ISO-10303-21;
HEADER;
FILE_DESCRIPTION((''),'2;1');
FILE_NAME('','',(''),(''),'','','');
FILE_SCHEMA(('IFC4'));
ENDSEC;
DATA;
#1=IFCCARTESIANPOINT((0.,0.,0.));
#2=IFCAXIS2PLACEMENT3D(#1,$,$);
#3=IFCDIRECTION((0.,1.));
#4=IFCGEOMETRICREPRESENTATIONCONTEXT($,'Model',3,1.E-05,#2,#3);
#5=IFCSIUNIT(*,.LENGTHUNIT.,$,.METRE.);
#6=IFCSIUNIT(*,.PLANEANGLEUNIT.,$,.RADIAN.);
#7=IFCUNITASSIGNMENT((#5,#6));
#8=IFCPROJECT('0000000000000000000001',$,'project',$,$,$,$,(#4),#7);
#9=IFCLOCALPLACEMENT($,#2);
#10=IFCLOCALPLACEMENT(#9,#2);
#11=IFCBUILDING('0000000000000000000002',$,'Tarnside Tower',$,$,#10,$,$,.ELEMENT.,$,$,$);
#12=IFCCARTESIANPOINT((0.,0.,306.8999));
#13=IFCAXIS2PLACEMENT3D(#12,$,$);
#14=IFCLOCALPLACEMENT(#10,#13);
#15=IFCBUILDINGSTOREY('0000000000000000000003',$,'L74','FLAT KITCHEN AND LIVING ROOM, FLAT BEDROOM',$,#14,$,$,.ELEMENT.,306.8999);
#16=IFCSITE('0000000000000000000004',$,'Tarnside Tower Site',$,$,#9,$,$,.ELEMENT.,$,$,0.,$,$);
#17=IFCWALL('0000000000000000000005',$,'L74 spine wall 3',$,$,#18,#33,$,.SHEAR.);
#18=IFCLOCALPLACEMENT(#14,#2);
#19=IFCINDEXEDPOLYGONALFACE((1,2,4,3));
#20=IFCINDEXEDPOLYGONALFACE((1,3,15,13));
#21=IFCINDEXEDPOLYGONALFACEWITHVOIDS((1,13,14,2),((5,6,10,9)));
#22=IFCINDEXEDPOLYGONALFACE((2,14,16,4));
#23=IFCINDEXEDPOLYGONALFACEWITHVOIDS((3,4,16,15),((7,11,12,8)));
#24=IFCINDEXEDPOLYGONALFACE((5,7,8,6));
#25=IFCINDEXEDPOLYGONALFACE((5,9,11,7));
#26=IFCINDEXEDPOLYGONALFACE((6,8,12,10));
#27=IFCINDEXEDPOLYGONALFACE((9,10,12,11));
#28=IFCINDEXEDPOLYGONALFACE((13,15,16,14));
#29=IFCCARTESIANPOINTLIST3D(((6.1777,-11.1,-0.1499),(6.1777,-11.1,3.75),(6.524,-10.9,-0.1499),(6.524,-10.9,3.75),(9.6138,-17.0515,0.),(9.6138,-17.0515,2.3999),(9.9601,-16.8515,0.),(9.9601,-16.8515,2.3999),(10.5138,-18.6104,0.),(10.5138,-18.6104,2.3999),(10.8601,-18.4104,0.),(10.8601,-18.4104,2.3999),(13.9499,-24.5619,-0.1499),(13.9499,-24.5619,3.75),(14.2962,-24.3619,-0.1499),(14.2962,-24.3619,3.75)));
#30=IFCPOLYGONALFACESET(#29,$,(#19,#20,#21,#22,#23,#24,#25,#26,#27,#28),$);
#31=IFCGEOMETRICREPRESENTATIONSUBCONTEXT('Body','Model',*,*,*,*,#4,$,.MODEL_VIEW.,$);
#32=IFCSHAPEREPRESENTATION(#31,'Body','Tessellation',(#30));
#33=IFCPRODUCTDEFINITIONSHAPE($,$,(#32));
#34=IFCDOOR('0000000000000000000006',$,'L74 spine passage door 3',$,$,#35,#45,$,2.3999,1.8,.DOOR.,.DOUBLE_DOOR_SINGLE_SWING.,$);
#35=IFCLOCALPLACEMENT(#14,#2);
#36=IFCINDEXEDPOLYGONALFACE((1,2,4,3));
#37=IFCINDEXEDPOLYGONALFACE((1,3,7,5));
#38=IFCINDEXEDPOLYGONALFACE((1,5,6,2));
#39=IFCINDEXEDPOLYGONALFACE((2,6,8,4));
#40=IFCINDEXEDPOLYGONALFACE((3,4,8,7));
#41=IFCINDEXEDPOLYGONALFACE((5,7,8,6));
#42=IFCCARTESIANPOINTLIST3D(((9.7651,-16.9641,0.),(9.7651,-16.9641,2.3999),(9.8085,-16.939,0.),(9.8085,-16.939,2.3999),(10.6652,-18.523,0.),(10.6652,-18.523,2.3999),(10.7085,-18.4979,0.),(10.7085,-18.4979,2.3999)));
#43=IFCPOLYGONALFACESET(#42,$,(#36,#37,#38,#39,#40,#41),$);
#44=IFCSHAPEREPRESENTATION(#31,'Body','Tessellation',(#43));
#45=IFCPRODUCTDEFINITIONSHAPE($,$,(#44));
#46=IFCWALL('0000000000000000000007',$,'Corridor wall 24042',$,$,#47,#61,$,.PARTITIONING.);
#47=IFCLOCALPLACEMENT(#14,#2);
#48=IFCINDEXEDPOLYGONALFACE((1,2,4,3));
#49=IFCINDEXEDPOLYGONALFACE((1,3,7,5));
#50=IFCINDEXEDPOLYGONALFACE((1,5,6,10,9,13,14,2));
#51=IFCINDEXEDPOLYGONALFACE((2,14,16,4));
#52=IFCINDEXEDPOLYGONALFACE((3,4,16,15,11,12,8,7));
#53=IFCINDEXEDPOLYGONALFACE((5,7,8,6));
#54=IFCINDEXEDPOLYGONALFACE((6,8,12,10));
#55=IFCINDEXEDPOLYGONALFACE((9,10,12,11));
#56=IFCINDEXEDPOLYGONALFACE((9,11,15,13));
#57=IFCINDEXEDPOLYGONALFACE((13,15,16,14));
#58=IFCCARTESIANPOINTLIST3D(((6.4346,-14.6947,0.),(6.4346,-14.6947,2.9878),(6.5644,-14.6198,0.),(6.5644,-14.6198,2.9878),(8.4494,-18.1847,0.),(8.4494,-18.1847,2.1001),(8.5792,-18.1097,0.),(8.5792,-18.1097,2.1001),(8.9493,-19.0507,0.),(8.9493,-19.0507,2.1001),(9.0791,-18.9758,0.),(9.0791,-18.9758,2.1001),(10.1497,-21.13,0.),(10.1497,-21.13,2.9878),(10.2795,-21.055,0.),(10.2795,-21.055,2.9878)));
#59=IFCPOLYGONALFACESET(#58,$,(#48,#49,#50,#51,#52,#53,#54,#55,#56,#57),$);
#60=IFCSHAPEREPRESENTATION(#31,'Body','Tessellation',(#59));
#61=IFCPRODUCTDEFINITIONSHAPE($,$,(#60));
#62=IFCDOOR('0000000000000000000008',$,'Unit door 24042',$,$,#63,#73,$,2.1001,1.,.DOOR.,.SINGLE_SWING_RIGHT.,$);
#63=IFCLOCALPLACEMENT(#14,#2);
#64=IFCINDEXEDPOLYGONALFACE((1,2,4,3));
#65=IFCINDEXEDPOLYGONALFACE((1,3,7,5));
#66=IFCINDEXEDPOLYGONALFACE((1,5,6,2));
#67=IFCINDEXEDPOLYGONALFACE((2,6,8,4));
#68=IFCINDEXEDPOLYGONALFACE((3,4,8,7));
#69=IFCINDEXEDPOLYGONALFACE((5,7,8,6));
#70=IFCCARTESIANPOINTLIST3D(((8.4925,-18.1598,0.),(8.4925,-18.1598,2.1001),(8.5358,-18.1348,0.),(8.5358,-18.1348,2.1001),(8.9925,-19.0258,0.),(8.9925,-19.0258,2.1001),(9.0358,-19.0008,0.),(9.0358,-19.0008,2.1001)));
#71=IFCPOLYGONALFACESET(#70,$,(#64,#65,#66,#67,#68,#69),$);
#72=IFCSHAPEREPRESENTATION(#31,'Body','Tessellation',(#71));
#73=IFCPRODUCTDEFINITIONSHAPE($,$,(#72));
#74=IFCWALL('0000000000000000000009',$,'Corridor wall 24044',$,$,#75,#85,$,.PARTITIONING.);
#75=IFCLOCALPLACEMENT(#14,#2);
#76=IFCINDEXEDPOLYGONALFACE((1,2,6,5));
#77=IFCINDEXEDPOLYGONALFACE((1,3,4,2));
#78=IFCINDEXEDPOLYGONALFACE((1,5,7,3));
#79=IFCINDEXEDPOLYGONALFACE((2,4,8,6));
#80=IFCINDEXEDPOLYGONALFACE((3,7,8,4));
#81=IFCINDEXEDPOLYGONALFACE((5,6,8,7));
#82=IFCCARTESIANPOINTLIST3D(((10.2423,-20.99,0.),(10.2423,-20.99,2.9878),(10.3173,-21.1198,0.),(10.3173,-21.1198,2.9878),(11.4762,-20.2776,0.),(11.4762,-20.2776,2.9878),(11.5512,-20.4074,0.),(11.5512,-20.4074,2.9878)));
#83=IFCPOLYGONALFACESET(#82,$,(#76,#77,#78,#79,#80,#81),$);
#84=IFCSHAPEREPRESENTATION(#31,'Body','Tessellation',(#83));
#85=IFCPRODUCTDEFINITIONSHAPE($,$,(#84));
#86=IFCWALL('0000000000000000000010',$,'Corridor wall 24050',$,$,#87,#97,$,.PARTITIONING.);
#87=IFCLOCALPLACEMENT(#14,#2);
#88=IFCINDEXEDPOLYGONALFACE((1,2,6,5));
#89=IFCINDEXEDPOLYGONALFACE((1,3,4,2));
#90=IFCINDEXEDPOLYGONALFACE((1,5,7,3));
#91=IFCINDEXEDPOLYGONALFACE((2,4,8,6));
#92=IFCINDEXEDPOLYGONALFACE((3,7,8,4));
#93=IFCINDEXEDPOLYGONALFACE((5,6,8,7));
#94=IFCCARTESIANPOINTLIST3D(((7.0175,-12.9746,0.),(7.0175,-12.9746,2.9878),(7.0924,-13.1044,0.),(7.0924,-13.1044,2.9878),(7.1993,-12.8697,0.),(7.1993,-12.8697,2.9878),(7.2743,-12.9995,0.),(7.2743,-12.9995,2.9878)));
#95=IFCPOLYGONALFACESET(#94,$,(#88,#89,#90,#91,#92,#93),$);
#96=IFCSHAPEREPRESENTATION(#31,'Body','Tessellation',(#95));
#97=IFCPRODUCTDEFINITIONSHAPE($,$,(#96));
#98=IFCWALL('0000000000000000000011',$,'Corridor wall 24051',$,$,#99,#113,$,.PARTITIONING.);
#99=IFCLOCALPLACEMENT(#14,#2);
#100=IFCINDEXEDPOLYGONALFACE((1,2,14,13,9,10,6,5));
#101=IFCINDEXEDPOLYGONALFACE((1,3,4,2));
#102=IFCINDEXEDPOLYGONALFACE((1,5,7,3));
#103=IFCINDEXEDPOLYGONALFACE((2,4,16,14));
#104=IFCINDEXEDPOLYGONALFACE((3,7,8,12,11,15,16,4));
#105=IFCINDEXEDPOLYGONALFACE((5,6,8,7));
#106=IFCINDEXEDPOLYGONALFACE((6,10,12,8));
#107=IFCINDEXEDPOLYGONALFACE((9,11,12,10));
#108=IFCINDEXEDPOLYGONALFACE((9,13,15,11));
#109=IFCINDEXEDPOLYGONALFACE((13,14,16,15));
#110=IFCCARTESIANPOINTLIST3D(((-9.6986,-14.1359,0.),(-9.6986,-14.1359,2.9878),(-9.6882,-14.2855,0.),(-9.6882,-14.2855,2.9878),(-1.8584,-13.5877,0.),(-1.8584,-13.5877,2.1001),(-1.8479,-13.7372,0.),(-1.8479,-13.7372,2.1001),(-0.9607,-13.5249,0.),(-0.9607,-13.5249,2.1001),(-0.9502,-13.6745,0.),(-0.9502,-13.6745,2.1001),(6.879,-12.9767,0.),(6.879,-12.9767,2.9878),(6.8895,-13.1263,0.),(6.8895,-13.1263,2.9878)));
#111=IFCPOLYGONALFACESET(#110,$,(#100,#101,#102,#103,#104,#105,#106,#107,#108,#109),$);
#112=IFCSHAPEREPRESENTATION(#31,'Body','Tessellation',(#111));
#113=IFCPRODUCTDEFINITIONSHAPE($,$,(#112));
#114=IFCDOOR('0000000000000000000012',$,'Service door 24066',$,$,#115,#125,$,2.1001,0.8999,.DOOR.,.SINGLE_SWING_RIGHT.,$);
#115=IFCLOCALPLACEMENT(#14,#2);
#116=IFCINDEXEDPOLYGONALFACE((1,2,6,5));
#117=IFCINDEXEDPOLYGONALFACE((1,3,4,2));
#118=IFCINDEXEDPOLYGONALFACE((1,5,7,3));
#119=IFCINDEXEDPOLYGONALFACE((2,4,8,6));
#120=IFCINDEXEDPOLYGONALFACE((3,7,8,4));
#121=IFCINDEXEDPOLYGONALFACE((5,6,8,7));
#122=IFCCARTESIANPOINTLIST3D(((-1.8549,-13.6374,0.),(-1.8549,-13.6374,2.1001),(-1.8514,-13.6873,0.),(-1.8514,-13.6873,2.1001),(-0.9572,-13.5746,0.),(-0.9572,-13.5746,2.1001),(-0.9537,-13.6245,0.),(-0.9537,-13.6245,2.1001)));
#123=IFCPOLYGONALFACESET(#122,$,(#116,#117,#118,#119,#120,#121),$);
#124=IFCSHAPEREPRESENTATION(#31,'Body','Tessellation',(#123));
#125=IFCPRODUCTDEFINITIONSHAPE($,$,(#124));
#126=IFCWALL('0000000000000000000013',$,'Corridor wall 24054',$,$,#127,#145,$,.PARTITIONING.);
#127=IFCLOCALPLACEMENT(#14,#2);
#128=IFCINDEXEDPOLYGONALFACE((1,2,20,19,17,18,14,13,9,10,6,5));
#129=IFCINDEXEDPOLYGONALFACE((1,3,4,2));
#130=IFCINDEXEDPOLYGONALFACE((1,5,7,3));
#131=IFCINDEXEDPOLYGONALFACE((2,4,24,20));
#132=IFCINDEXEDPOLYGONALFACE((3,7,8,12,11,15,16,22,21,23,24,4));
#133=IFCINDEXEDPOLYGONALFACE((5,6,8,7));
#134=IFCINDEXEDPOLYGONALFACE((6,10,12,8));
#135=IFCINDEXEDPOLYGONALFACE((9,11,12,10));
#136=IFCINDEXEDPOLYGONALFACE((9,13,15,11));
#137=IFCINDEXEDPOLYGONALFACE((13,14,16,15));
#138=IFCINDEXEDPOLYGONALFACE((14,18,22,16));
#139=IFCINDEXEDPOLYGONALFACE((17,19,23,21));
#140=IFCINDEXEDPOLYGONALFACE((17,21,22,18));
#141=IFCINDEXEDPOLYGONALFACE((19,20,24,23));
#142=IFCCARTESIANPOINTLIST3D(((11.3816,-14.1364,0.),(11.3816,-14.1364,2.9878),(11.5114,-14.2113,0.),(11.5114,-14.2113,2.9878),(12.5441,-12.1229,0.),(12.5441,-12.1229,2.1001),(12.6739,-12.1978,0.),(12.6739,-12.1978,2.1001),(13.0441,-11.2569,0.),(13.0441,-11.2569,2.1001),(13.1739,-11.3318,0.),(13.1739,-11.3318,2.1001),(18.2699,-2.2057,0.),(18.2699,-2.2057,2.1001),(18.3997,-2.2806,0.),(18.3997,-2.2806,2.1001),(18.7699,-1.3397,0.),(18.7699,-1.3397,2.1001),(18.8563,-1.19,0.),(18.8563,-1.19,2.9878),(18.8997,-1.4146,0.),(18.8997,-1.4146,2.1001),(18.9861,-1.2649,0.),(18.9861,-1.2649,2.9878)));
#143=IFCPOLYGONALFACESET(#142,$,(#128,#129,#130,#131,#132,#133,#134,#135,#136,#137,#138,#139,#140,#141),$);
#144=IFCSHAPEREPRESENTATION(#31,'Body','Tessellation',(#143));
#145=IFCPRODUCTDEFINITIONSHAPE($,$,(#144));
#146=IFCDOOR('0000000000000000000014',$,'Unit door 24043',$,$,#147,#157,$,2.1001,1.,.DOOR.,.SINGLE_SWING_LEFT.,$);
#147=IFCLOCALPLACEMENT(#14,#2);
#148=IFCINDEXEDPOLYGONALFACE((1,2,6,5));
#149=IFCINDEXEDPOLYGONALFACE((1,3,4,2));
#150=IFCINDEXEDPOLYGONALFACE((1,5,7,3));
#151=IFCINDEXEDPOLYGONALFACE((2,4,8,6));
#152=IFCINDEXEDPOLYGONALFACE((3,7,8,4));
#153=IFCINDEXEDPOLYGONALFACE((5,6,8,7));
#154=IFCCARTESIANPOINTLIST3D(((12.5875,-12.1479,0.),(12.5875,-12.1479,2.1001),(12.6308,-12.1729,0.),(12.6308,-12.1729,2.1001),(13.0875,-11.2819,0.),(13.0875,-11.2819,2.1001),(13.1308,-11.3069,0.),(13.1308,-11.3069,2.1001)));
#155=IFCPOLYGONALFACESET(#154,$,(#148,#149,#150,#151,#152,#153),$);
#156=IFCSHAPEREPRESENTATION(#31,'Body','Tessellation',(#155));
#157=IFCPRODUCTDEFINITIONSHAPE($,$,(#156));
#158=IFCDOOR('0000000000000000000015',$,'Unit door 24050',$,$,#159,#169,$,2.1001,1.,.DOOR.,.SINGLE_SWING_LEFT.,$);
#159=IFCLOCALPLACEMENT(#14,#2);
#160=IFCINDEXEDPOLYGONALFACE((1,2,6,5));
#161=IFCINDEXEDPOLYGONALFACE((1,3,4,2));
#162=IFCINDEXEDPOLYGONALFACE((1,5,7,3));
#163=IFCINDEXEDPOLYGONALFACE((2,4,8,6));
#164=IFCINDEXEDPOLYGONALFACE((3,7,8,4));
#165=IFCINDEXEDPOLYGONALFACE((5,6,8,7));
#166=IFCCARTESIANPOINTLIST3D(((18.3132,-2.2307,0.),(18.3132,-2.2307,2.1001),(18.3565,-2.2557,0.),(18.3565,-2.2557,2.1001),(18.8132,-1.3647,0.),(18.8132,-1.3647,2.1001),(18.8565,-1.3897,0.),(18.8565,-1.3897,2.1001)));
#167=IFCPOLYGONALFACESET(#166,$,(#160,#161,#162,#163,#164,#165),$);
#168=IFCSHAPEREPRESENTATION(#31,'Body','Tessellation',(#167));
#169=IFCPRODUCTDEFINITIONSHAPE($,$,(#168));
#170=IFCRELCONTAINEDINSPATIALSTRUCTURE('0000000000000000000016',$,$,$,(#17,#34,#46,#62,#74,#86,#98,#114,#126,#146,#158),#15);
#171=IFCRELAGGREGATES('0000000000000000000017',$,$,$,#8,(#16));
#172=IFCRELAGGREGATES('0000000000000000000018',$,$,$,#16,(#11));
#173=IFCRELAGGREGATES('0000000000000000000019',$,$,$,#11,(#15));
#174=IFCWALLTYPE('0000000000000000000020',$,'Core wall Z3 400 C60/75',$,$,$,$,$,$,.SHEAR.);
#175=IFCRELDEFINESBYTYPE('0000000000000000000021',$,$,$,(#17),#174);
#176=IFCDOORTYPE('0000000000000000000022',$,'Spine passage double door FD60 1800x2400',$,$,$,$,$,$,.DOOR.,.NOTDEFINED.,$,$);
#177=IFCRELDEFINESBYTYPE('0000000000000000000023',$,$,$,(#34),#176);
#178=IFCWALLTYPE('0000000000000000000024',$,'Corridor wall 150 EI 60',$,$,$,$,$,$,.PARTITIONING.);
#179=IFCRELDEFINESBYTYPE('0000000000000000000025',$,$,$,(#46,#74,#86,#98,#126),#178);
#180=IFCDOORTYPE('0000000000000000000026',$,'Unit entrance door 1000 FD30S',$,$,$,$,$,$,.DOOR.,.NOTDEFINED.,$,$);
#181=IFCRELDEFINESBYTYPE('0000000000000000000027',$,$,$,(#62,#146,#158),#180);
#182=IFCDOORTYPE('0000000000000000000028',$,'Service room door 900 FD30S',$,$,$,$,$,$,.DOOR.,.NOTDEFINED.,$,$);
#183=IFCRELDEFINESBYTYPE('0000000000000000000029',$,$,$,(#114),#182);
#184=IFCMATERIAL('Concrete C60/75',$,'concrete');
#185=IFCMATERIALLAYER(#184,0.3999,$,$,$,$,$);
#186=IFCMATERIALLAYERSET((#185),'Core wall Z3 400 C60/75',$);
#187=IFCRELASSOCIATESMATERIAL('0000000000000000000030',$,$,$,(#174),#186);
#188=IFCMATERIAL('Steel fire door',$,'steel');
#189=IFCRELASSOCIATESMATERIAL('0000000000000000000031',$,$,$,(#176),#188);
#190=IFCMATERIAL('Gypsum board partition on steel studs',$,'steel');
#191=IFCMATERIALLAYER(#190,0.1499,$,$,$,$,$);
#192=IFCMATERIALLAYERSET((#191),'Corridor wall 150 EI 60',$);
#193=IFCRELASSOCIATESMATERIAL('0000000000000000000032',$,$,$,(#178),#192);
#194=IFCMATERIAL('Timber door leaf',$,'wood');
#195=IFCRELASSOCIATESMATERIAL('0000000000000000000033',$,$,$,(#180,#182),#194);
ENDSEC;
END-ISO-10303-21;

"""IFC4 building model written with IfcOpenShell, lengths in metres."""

from ifc_helpers import new_model, si_unit, direction, frame, frame_2d, origin, place, context, subcontext, project, spatial, rectangle, extrude, material, layer, layer_set, type_object, element, fill, save


model = new_model("IFC4")

# Units and contexts
model_context = context("Model", 3, precision=1e-05, world=origin(), true_north=direction((0.0, 1.0)))
body_context = subcontext(model_context, "Body", "Model", "MODEL_VIEW")
ifc_project = project(units=[si_unit("LENGTHUNIT", "METRE"), si_unit("PLANEANGLEUNIT", "RADIAN")], contexts=[model_context])

# Site, building, storey
site_placement = place(None, origin())
site = spatial("IfcSite", under=ifc_project, at=site_placement, Name="Tarnside Tower Site", CompositionType="ELEMENT", RefElevation=0.0)
building_placement = place(site_placement, origin())
building = spatial("IfcBuilding", under=site, at=building_placement, Name="Tarnside Tower", CompositionType="ELEMENT")
storey_placement = place(building_placement, frame((0.0, 0.0, 306.8999)))
storey = spatial("IfcBuildingStorey", under=building, at=storey_placement, Name="L74", Description="FLAT KITCHEN AND LIVING ROOM, FLAT BEDROOM", CompositionType="ELEMENT", Elevation=306.8999)

# Walls, openings, doors
ifc_material_1 = material(Name="Concrete C60/75", Category="concrete")
ifc_layer_1 = layer(ifc_material_1, 0.3999)
ifc_layer_set_1 = layer_set([ifc_layer_1], Name="Core wall Z3 400 C60/75")
wall_type_1 = type_object("IfcWallType", Name="Core wall Z3 400 C60/75", PredefinedType="SHEAR", material=ifc_layer_set_1)
wall_1_placement = place(storey_placement, frame((6.3508, -11.0, -0.1499), z_axis=(0.0, 0.0, 1.0), x_axis=(0.499999, -0.866026, 0.0)))
wall_1 = element("IfcWall", 1, at=wall_1_placement, inside=storey, type_object=wall_type_1, Name="L74 spine wall 3", PredefinedType="SHEAR", context=body_context, shape_type="SweptSolid", body=[
    extrude(rectangle(XDim=15.5444, YDim=0.3999, at=frame_2d((7.7722, 0.0))), origin(), (0.0, 0.0, 1.0), 3.8999),
])
opening_1_placement = place(wall_1_placement, frame((6.8723, 0.0, 0.1499)))
opening_1 = element("IfcOpeningElement", 2, at=opening_1_placement, cuts=wall_1, PredefinedType="OPENING", context=body_context, shape_type="SweptSolid", body=[
    extrude(rectangle(XDim=1.8, YDim=2.3999, at=frame_2d((0.8999, 1.2))), frame((0.0, 0.21, 0.0), z_axis=(0.0, -1.0, 0.0), x_axis=(1.0, 0.0, 0.0)), (0.0, 0.0, 1.0), 0.4199),
])
ifc_material_2 = material(Name="Steel fire door", Category="steel")
door_type_1 = type_object("IfcDoorType", Name="Spine passage double door FD60 1800x2400", OperationType="NOTDEFINED", PredefinedType="DOOR", material=ifc_material_2)
door_1_placement = place(opening_1_placement, origin())
door_1 = element("IfcDoor", 3, at=door_1_placement, inside=storey, type_object=door_type_1, Name="L74 spine passage door 3", OperationType="DOUBLE_DOOR_SINGLE_SWING", OverallHeight=2.3999, OverallWidth=1.8, PredefinedType="DOOR", context=body_context, shape_type="SweptSolid", body=[
    extrude(rectangle(XDim=1.8, YDim=2.3999, at=frame_2d((0.8999, 1.2))), frame((0.0, 0.0249, 0.0), z_axis=(0.0, -1.0, 0.0), x_axis=(1.0, 0.0, 0.0)), (0.0, 0.0, 1.0), 0.05),
])
fill(opening_1, door_1)
ifc_material_3 = material(Name="Gypsum board partition on steel studs", Category="steel")
ifc_layer_2 = layer(ifc_material_3, 0.1499)
ifc_layer_set_2 = layer_set([ifc_layer_2], Name="Corridor wall 150 EI 60")
wall_type_2 = type_object("IfcWallType", Name="Corridor wall 150 EI 60", PredefinedType="PARTITIONING", material=ifc_layer_set_2)
wall_2_placement = place(storey_placement, frame((6.4995, -14.6572, 0.0), z_axis=(0.0, 0.0, 1.0), x_axis=(0.499966, -0.866045, 0.0)))
wall_2 = element("IfcWall", 4, at=wall_2_placement, inside=storey, type_object=wall_type_2, Name="Corridor wall 24042", PredefinedType="PARTITIONING", context=body_context, shape_type="SweptSolid", body=[
    extrude(rectangle(XDim=7.4307, YDim=0.1499, at=frame_2d((3.7153, 0.0))), origin(), (0.0, 0.0, 1.0), 2.9878),
])
opening_2_placement = place(wall_2_placement, frame((4.0298, 0.0, 0.0)))
opening_2 = element("IfcOpeningElement", 5, at=opening_2_placement, cuts=wall_2, PredefinedType="OPENING", context=body_context, shape_type="SweptSolid", body=[
    extrude(rectangle(XDim=1.0, YDim=2.1001, at=frame_2d((0.5, 1.05))), frame((0.0, 0.085, 0.0), z_axis=(0.0, -1.0, 0.0), x_axis=(1.0, 0.0, 0.0)), (0.0, 0.0, 1.0), 0.1699),
])
ifc_material_4 = material(Name="Timber door leaf", Category="wood")
door_type_2 = type_object("IfcDoorType", Name="Unit entrance door 1000 FD30S", OperationType="NOTDEFINED", PredefinedType="DOOR", material=ifc_material_4)
door_2_placement = place(opening_2_placement, origin())
door_2 = element("IfcDoor", 6, at=door_2_placement, inside=storey, type_object=door_type_2, Name="Unit door 24042", OperationType="SINGLE_SWING_RIGHT", OverallHeight=2.1001, OverallWidth=1.0, PredefinedType="DOOR", context=body_context, shape_type="SweptSolid", body=[
    extrude(rectangle(XDim=1.0, YDim=2.1001, at=frame_2d((0.5, 1.05))), frame((0.0, 0.0249, 0.0), z_axis=(0.0, -1.0, 0.0), x_axis=(1.0, 0.0, 0.0)), (0.0, 0.0, 1.0), 0.05),
])
fill(opening_2, door_2)

# Walls
wall_3_placement = place(storey_placement, frame((10.2798, -21.0549, 0.0), z_axis=(0.0, 0.0, 1.0), x_axis=(0.86602, 0.500009, 0.0)))
element("IfcWall", 7, at=wall_3_placement, inside=storey, type_object=wall_type_2, Name="Corridor wall 24044", PredefinedType="PARTITIONING", context=body_context, shape_type="SweptSolid", body=[
    extrude(rectangle(XDim=1.4248, YDim=0.1499, at=frame_2d((0.7124, 0.0))), origin(), (0.0, 0.0, 1.0), 2.9878),
])
wall_4_placement = place(storey_placement, frame((7.2368, -12.9346, 0.0), z_axis=(0.0, 0.0, 1.0), x_axis=(-0.866089, -0.49989, 0.0)))
element("IfcWall", 8, at=wall_4_placement, inside=storey, type_object=wall_type_2, Name="Corridor wall 24050", PredefinedType="PARTITIONING", context=body_context, shape_type="SweptSolid", body=[
    extrude(rectangle(XDim=0.21, YDim=0.1499, at=frame_2d((0.105, 0.0))), origin(), (0.0, 0.0, 1.0), 2.9878),
])

# Wall, opening, door
wall_5_placement = place(storey_placement, frame((6.8843, -13.0515, 0.0), z_axis=(0.0, 0.0, 1.0), x_axis=(-0.997564, -0.069754, 0.0)))
wall_5 = element("IfcWall", 9, at=wall_5_placement, inside=storey, type_object=wall_type_2, Name="Corridor wall 24051", PredefinedType="PARTITIONING", context=body_context, shape_type="SweptSolid", body=[
    extrude(rectangle(XDim=16.6182, YDim=0.1499, at=frame_2d((8.3091, 0.0))), origin(), (0.0, 0.0, 1.0), 2.9878),
])
opening_3_placement = place(wall_5_placement, frame((7.8589, 0.0, 0.0)))
opening_3 = element("IfcOpeningElement", 10, at=opening_3_placement, cuts=wall_5, PredefinedType="OPENING", context=body_context, shape_type="SweptSolid", body=[
    extrude(rectangle(XDim=0.8999, YDim=2.1001, at=frame_2d((0.45, 1.05))), frame((0.0, 0.085, 0.0), z_axis=(0.0, -1.0, 0.0), x_axis=(1.0, 0.0, 0.0)), (0.0, 0.0, 1.0), 0.1699),
])
door_type_3 = type_object("IfcDoorType", Name="Service room door 900 FD30S", OperationType="NOTDEFINED", PredefinedType="DOOR", material=ifc_material_4)
door_3_placement = place(opening_3_placement, origin())
door_3 = element("IfcDoor", 11, at=door_3_placement, inside=storey, type_object=door_type_3, Name="Service door 24066", OperationType="SINGLE_SWING_RIGHT", OverallHeight=2.1001, OverallWidth=0.8999, PredefinedType="DOOR", context=body_context, shape_type="SweptSolid", body=[
    extrude(rectangle(XDim=0.8999, YDim=2.1001, at=frame_2d((0.45, 1.05))), frame((0.0, 0.0249, 0.0), z_axis=(0.0, -1.0, 0.0), x_axis=(1.0, 0.0, 0.0)), (0.0, 0.0, 1.0), 0.05),
])
fill(opening_3, door_3)

# Wall, openings, doors
wall_6_placement = place(storey_placement, frame((11.4465, -14.1738, 0.0), z_axis=(0.0, 0.0, 1.0), x_axis=(0.500003, 0.866023, 0.0)))
wall_6 = element("IfcWall", 12, at=wall_6_placement, inside=storey, type_object=wall_type_2, Name="Corridor wall 24054", PredefinedType="PARTITIONING", context=body_context, shape_type="SweptSolid", body=[
    extrude(rectangle(XDim=14.9492, YDim=0.1499, at=frame_2d((7.4746, 0.0))), origin(), (0.0, 0.0, 1.0), 2.9878),
])
opening_4_placement = place(wall_6_placement, frame((2.325, 0.0, 0.0)))
opening_4 = element("IfcOpeningElement", 13, at=opening_4_placement, cuts=wall_6, PredefinedType="OPENING", context=body_context, shape_type="SweptSolid", body=[
    extrude(rectangle(XDim=1.0, YDim=2.1001, at=frame_2d((0.5, 1.05))), frame((0.0, 0.085, 0.0), z_axis=(0.0, -1.0, 0.0), x_axis=(1.0, 0.0, 0.0)), (0.0, 0.0, 1.0), 0.1699),
])
opening_5_placement = place(wall_6_placement, frame((13.7764, 0.0, 0.0)))
opening_5 = element("IfcOpeningElement", 14, at=opening_5_placement, cuts=wall_6, PredefinedType="OPENING", context=body_context, shape_type="SweptSolid", body=[
    extrude(rectangle(XDim=1.0, YDim=2.1001, at=frame_2d((0.5, 1.05))), frame((0.0, 0.085, 0.0), z_axis=(0.0, -1.0, 0.0), x_axis=(1.0, 0.0, 0.0)), (0.0, 0.0, 1.0), 0.1699),
])
door_4_placement = place(opening_4_placement, origin())
door_4 = element("IfcDoor", 15, at=door_4_placement, inside=storey, type_object=door_type_2, Name="Unit door 24043", OperationType="SINGLE_SWING_LEFT", OverallHeight=2.1001, OverallWidth=1.0, PredefinedType="DOOR", context=body_context, shape_type="SweptSolid", body=[
    extrude(rectangle(XDim=1.0, YDim=2.1001, at=frame_2d((0.5, 1.05))), frame((0.0, 0.0249, 0.0), z_axis=(0.0, -1.0, 0.0), x_axis=(1.0, 0.0, 0.0)), (0.0, 0.0, 1.0), 0.05),
])
fill(opening_4, door_4)
door_5_placement = place(opening_5_placement, origin())
door_5 = element("IfcDoor", 16, at=door_5_placement, inside=storey, type_object=door_type_2, Name="Unit door 24050", OperationType="SINGLE_SWING_LEFT", OverallHeight=2.1001, OverallWidth=1.0, PredefinedType="DOOR", context=body_context, shape_type="SweptSolid", body=[
    extrude(rectangle(XDim=1.0, YDim=2.1001, at=frame_2d((0.5, 1.05))), frame((0.0, 0.0249, 0.0), z_axis=(0.0, -1.0, 0.0), x_axis=(1.0, 0.0, 0.0)), (0.0, 0.0, 1.0), 0.05),
])
fill(opening_5, door_5)

save(model, "model.ifc")
